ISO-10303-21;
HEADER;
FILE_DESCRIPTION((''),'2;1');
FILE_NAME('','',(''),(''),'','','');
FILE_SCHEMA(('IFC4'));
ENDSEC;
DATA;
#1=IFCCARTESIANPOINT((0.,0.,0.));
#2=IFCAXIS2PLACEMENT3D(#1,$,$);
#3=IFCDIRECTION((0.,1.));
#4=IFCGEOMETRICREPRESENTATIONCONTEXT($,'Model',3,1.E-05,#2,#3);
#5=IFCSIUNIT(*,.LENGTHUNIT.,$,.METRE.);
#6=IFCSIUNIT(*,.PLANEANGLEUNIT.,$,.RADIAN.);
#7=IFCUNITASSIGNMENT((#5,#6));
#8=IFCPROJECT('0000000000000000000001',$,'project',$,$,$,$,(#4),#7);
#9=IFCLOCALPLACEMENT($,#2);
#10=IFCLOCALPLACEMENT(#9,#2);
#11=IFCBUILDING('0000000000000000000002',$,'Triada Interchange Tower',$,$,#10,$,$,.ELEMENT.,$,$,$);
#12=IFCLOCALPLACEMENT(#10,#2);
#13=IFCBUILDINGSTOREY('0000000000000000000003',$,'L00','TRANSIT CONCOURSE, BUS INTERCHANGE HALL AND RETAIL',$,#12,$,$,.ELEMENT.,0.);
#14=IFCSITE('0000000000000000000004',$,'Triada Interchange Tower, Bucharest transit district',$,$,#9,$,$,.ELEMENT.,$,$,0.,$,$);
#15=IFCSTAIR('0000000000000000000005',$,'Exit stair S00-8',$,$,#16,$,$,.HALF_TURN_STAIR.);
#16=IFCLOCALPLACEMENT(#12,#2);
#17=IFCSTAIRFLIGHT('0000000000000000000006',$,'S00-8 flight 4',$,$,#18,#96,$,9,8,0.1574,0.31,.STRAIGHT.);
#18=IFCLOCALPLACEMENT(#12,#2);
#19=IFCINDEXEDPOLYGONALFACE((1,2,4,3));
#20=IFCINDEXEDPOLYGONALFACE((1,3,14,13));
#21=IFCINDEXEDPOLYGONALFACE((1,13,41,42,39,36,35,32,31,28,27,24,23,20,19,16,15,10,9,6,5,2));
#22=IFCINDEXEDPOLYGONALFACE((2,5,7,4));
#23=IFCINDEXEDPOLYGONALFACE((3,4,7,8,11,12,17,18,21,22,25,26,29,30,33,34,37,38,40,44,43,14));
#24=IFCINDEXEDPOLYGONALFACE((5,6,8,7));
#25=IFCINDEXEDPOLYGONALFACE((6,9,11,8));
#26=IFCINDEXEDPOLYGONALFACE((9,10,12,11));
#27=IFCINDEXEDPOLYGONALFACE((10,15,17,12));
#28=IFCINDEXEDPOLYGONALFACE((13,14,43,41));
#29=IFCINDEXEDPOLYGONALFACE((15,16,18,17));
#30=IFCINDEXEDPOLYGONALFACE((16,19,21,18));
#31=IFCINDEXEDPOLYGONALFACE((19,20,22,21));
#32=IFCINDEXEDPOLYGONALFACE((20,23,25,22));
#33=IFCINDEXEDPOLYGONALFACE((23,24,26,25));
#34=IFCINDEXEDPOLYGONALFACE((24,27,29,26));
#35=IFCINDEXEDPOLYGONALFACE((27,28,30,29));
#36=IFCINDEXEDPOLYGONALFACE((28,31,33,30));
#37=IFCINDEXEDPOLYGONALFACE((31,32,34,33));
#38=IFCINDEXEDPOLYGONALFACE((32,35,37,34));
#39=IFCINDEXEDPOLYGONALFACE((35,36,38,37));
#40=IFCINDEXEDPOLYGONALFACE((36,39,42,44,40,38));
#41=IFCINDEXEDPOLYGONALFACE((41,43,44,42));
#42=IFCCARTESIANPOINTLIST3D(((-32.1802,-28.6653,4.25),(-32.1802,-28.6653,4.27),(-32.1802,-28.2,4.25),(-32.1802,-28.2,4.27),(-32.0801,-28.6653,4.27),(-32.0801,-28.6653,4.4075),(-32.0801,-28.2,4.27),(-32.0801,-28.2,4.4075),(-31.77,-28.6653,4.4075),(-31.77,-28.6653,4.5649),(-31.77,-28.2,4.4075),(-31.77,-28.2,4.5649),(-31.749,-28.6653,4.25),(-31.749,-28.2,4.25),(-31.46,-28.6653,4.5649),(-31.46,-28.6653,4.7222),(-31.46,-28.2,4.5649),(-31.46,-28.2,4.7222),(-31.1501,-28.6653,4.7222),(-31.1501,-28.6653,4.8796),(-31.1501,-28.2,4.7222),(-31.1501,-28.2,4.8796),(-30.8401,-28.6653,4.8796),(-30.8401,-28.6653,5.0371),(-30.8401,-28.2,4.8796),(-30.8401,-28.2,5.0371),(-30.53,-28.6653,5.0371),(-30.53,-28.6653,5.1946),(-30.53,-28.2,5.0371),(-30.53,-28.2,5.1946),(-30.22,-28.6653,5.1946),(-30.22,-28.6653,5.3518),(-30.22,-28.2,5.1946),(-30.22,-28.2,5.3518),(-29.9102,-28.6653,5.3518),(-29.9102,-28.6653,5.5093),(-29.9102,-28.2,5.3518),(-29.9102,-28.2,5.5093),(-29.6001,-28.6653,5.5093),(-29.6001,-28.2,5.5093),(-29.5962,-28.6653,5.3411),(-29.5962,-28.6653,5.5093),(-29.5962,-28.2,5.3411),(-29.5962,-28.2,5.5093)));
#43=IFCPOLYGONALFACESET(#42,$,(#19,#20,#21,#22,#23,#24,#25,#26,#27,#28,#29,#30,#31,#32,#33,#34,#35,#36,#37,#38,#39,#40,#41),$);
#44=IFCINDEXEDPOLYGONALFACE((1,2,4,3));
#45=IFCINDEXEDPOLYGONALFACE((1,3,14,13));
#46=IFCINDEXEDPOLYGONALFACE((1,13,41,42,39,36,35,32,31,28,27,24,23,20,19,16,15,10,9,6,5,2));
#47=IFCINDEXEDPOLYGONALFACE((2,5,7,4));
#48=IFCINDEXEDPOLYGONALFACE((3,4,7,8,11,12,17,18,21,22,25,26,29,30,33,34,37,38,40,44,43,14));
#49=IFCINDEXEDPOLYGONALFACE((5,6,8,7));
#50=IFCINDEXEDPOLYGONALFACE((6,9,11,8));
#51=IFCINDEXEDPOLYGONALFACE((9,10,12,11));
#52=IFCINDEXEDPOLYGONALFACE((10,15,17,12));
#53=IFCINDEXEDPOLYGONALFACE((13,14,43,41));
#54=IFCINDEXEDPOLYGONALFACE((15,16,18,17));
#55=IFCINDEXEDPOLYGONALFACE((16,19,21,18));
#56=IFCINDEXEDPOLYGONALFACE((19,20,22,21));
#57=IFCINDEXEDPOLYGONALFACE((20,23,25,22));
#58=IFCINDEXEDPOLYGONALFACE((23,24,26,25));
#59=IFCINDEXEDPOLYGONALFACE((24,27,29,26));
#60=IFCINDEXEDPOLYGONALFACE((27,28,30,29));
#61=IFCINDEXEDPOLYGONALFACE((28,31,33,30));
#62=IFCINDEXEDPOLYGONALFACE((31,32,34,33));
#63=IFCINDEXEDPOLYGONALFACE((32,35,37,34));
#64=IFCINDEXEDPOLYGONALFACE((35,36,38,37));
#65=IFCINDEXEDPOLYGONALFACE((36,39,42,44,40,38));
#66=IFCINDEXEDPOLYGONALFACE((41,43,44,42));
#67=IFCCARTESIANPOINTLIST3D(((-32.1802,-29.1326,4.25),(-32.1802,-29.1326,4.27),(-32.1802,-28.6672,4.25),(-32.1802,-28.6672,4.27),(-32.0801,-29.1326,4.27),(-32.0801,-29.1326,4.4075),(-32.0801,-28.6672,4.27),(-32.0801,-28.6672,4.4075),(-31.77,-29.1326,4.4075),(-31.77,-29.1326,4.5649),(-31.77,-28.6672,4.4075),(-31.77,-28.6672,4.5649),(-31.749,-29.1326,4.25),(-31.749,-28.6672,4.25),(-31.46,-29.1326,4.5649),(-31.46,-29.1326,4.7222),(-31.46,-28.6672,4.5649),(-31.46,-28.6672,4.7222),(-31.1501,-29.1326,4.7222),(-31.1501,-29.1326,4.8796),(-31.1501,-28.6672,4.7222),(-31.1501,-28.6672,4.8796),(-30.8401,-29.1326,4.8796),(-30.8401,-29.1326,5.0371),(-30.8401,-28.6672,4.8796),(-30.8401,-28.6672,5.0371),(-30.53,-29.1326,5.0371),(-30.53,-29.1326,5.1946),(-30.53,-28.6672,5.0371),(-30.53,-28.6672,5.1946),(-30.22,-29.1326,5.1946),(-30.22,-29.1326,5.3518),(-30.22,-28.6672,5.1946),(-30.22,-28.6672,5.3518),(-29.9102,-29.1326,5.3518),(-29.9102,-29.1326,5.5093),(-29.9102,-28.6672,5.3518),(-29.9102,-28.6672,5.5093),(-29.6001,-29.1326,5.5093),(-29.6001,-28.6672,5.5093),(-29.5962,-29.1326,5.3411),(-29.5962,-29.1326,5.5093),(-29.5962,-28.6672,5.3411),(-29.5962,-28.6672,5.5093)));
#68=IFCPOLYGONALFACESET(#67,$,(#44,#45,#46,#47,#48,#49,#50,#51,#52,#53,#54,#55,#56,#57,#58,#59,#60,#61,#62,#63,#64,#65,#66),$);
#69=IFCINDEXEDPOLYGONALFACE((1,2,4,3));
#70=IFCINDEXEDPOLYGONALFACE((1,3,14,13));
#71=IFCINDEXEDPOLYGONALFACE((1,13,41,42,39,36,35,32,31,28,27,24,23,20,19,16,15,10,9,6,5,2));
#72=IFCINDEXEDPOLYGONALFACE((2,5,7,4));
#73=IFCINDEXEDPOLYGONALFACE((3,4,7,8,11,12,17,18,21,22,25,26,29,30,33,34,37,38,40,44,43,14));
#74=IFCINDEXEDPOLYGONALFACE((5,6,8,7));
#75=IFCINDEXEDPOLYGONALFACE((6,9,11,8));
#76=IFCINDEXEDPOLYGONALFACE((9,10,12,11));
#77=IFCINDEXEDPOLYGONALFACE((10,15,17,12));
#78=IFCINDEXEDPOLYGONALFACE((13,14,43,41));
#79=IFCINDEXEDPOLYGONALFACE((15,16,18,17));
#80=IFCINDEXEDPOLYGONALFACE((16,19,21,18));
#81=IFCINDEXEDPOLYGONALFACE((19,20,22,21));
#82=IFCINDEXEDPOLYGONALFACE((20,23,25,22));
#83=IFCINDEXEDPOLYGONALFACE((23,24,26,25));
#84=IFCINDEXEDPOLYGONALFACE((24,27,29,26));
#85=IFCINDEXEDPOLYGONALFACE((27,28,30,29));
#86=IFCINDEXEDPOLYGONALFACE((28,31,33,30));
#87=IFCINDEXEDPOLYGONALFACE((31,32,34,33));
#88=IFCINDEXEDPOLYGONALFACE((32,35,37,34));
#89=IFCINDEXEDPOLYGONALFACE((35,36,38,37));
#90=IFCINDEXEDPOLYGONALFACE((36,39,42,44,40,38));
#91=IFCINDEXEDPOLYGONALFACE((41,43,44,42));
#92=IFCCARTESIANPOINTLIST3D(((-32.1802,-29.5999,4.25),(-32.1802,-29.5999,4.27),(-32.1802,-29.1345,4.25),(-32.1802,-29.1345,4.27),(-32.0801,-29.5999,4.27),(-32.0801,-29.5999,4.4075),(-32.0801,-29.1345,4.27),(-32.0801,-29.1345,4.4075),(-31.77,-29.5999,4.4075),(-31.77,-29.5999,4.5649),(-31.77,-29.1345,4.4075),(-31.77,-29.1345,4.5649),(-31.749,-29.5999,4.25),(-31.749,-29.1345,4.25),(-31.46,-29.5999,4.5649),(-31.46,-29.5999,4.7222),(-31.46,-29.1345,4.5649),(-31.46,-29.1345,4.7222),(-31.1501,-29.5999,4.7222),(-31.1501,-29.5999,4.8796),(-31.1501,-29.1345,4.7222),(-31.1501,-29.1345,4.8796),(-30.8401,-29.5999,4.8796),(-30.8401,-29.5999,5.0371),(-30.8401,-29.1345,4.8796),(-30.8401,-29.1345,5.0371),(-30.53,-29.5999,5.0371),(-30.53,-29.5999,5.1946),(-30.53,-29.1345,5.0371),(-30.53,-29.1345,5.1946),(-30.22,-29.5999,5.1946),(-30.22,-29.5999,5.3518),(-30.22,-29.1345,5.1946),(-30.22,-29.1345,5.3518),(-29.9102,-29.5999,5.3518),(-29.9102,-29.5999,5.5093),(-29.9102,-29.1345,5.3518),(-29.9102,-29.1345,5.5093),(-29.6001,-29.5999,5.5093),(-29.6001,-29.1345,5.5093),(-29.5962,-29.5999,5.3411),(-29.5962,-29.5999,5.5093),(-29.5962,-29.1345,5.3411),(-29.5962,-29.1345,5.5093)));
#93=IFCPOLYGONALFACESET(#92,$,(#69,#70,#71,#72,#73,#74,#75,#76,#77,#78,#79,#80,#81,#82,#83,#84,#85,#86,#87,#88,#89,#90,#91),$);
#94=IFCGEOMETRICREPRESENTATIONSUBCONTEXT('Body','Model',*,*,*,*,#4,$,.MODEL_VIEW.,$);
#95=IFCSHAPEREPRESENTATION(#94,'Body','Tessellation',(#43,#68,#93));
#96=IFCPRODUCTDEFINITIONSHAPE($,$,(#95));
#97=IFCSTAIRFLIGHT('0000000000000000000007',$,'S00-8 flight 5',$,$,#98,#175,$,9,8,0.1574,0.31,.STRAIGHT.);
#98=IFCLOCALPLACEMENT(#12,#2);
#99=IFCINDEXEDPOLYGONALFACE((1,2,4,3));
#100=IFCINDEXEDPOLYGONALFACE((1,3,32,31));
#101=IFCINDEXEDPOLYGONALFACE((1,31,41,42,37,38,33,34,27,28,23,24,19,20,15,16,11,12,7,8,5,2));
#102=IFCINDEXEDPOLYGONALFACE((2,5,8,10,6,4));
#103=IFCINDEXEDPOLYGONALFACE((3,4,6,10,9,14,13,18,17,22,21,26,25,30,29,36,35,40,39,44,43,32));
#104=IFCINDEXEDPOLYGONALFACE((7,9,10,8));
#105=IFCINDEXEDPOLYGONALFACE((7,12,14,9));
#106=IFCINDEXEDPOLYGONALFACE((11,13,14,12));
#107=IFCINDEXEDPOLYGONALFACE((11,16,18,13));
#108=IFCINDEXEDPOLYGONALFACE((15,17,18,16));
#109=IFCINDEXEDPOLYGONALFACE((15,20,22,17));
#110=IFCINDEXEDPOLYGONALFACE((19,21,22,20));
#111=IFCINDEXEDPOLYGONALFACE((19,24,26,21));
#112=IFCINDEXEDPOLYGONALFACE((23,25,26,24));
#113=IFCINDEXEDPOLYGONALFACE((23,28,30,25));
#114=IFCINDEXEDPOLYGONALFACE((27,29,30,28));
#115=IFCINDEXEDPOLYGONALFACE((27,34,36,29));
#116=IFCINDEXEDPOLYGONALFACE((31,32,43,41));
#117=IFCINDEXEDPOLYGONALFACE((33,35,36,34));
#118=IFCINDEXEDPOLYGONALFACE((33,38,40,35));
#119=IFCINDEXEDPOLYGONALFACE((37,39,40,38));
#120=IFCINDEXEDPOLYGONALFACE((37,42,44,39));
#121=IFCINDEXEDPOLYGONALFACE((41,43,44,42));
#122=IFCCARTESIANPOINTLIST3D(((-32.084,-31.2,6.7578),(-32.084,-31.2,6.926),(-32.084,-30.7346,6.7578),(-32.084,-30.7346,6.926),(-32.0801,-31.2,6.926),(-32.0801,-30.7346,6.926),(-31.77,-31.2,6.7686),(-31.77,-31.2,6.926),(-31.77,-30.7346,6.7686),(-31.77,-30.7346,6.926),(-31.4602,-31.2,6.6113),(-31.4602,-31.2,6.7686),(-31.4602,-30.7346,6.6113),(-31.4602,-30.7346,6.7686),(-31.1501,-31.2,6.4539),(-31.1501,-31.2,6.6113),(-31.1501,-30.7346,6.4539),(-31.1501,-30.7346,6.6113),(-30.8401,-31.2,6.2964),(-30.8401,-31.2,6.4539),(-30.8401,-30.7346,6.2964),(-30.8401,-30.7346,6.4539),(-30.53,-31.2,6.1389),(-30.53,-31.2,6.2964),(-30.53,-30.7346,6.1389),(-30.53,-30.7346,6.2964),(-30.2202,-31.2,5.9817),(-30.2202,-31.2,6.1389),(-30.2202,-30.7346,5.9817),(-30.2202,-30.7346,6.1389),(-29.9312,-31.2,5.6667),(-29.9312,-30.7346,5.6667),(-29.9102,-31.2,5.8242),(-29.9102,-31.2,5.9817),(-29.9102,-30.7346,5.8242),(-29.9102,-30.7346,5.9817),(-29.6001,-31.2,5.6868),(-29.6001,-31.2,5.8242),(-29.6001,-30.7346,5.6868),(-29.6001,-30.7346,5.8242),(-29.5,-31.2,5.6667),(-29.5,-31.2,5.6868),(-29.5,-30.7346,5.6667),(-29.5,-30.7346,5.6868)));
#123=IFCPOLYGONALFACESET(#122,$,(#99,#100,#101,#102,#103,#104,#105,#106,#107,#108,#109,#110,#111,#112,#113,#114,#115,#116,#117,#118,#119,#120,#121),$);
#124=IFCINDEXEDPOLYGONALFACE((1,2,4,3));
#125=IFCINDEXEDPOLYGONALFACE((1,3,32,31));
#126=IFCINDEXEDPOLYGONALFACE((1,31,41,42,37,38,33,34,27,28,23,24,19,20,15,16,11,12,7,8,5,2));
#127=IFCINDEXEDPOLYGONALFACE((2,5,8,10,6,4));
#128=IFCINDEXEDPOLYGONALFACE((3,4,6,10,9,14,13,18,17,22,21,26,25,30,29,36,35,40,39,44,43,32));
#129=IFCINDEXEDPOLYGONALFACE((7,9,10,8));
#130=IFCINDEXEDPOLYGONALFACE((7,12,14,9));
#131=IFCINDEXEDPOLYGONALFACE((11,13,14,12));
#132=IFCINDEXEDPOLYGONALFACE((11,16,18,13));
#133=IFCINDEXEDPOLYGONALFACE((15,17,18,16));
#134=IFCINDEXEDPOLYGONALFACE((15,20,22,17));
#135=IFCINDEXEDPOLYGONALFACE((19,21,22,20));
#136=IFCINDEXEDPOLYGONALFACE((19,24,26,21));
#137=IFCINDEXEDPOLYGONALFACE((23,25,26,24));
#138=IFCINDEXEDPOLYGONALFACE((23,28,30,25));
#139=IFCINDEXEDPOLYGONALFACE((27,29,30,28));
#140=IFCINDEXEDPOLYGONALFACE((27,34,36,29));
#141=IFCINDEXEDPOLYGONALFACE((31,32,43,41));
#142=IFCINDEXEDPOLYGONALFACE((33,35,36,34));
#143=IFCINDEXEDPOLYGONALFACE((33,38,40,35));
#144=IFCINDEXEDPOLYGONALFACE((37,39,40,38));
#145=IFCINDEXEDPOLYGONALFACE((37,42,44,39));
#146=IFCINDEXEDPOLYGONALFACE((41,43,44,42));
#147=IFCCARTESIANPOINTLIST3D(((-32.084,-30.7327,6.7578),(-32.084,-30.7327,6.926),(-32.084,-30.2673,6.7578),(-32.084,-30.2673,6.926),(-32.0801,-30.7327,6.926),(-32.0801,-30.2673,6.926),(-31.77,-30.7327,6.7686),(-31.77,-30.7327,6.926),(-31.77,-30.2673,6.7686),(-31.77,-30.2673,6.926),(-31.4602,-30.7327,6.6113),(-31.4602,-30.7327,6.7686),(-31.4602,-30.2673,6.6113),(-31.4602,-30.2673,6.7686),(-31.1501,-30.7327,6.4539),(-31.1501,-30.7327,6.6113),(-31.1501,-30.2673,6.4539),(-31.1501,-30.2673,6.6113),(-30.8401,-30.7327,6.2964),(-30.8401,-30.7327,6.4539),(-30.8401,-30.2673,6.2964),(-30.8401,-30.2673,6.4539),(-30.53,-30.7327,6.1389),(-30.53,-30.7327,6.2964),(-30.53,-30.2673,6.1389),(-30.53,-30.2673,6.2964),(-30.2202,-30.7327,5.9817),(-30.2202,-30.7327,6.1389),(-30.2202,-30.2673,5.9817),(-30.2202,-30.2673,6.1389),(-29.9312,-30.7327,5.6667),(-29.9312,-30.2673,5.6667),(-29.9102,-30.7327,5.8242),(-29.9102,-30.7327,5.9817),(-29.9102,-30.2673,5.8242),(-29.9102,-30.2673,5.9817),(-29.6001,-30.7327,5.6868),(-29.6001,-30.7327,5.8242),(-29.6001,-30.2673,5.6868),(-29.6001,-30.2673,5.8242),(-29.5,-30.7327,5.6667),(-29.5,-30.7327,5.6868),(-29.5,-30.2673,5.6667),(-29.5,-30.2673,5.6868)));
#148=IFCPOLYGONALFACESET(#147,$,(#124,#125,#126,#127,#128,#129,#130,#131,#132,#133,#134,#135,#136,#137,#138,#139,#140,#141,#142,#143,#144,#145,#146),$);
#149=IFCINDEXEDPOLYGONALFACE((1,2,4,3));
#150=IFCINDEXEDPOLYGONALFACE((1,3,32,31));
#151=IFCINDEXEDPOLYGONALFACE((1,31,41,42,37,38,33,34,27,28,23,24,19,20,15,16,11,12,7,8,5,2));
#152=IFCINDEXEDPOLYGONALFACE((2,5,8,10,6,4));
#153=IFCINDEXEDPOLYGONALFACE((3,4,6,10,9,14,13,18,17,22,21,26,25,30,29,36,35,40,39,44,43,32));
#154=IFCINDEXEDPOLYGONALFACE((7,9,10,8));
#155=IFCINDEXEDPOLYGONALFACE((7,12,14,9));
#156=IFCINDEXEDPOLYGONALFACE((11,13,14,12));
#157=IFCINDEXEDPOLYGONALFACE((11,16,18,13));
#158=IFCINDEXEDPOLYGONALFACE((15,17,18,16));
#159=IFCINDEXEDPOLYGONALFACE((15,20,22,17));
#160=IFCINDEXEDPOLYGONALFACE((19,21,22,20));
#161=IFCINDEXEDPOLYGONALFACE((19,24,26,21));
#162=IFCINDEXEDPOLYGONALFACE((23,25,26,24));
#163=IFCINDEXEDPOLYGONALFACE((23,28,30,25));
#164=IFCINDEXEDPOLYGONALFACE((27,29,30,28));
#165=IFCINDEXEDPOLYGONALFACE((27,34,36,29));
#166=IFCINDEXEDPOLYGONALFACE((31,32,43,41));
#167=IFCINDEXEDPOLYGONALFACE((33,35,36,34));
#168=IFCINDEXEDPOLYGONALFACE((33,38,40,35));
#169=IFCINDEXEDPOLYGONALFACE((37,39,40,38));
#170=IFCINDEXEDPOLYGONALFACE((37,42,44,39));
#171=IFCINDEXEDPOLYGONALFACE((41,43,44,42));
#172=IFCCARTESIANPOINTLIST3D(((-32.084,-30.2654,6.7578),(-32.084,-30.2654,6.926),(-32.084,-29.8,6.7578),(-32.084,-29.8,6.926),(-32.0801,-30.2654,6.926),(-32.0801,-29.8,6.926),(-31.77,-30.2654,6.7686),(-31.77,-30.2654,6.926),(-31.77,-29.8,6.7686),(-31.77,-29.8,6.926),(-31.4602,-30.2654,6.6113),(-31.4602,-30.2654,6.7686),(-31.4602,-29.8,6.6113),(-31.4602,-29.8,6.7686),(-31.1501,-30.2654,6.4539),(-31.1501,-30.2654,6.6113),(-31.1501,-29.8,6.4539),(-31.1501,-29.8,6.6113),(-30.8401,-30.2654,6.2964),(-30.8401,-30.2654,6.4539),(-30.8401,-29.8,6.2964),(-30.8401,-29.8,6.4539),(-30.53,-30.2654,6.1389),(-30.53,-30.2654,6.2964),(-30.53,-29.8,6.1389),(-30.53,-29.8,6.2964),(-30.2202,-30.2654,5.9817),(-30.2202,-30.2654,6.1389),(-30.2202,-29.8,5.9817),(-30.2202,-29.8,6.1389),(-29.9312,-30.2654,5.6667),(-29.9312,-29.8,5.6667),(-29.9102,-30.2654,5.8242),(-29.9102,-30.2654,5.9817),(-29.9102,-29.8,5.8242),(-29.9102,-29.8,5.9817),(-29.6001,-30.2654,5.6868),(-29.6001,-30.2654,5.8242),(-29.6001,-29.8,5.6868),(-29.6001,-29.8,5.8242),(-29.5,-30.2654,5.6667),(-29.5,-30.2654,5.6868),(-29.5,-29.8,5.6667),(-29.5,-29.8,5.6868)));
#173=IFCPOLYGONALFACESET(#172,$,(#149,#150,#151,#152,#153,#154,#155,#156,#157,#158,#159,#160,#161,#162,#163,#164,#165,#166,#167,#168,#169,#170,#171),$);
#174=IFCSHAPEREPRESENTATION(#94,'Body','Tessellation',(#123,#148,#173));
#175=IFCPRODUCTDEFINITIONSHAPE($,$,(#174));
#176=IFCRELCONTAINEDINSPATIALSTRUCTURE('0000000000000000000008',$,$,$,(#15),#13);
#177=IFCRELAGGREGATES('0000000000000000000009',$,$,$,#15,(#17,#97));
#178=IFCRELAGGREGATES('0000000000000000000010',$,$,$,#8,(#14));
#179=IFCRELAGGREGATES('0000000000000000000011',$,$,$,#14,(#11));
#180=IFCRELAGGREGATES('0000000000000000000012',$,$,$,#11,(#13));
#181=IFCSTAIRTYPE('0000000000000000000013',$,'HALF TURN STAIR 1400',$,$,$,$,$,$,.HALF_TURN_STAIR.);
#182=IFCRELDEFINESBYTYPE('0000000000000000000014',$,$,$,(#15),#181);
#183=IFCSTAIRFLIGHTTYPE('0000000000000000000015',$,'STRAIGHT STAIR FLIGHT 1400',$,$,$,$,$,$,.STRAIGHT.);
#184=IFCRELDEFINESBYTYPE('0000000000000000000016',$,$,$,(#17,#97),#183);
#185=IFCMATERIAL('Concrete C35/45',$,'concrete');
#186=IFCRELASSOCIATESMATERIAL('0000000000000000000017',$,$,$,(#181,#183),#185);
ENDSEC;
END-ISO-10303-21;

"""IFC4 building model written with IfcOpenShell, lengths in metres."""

from ifc_helpers import new_model, si_unit, direction, frame, origin, place, context, subcontext, project, spatial, polyline, outline, extrude, material, type_object, element, aggregate, save


model = new_model("IFC4")

# Units and contexts
model_context = context("Model", 3, precision=1e-05, world=origin(), true_north=direction((0.0, 1.0)))
body_context = subcontext(model_context, "Body", "Model", "MODEL_VIEW")
ifc_project = project(units=[si_unit("LENGTHUNIT", "METRE"), si_unit("PLANEANGLEUNIT", "RADIAN")], contexts=[model_context])

# Site, building, storey
site_placement = place(None, origin())
site = spatial("IfcSite", under=ifc_project, at=site_placement, Name="Triada Interchange Tower, Bucharest transit district", CompositionType="ELEMENT", RefElevation=0.0)
building_placement = place(site_placement, origin())
building = spatial("IfcBuilding", under=site, at=building_placement, Name="Triada Interchange Tower", CompositionType="ELEMENT")
storey_placement = place(building_placement, origin())
storey = spatial("IfcBuildingStorey", under=building, at=storey_placement, Name="L00", Description="TRANSIT CONCOURSE, BUS INTERCHANGE HALL AND RETAIL", CompositionType="ELEMENT", Elevation=0.0)

# Stair, stair flights
ifc_material_1 = material(Name="Concrete C35/45", Category="concrete")
stair_type = type_object("IfcStairType", Name="HALF TURN STAIR 1400", PredefinedType="HALF_TURN_STAIR", material=ifc_material_1)
stair_placement = place(storey_placement, origin())
stair = element("IfcStair", 1, at=stair_placement, inside=storey, type_object=stair_type, Name="Exit stair S00-8", PredefinedType="HALF_TURN_STAIR")
stair_flight_type = type_object("IfcStairFlightType", Name="STRAIGHT STAIR FLIGHT 1400", PredefinedType="STRAIGHT", material=ifc_material_1)
stair_flight_1_placement = place(storey_placement, frame((-32.0801, -28.8999, 4.25), z_axis=(0.0, 0.0, 1.0), x_axis=(1.0, 0.0, 0.0)))
stair_flight_1 = element("IfcStairFlight", 2, at=stair_flight_1_placement, type_object=stair_flight_type, Name="S00-8 flight 4", NumberOfRisers=9, NumberOfTreads=8, PredefinedType="STRAIGHT", RiserHeight=0.1574, TreadLength=0.31, context=body_context, shape_type="SweptSolid", body=[
    extrude(outline(polyline([(-0.1001, 0.0), (-0.1001, 0.02), (0.0, 0.02), (0.0, 0.1575), (0.3101, 0.1575), (0.3101, 0.3149), (0.6201, 0.3149), (0.6201, 0.4722), (0.9299, 0.4722), (0.9299, 0.6296), (1.24, 0.6296), (1.24, 0.7871), (1.55, 0.7871), (1.55, 0.9446), (1.8601, 0.9446), (1.8601, 1.1018), (2.1699, 1.1018), (2.1699, 1.2593), (2.48, 1.2593), (2.4839, 1.2593), (2.4839, 1.4167), (2.4839, 1.0911), (0.3311, 0.0), (-0.1001, 0.0)])), frame((0.0, 0.7, 0.0), z_axis=(0.0, -1.0, 0.0), x_axis=(1.0, 0.0, 0.0)), (0.0, 0.0, 1.0), 0.4653),
    extrude(outline(polyline([(-0.1001, 0.0), (-0.1001, 0.02), (0.0, 0.02), (0.0, 0.1575), (0.3101, 0.1575), (0.3101, 0.3149), (0.6201, 0.3149), (0.6201, 0.4722), (0.9299, 0.4722), (0.9299, 0.6296), (1.24, 0.6296), (1.24, 0.7871), (1.55, 0.7871), (1.55, 0.9446), (1.8601, 0.9446), (1.8601, 1.1018), (2.1699, 1.1018), (2.1699, 1.2593), (2.48, 1.2593), (2.4839, 1.2593), (2.4839, 1.4167), (2.4839, 1.0911), (0.3311, 0.0), (-0.1001, 0.0)])), frame((0.0, 0.2327, 0.0), z_axis=(0.0, -1.0, 0.0), x_axis=(1.0, 0.0, 0.0)), (0.0, 0.0, 1.0), 0.4653),
    extrude(outline(polyline([(-0.1001, 0.0), (-0.1001, 0.02), (0.0, 0.02), (0.0, 0.1575), (0.3101, 0.1575), (0.3101, 0.3149), (0.6201, 0.3149), (0.6201, 0.4722), (0.9299, 0.4722), (0.9299, 0.6296), (1.24, 0.6296), (1.24, 0.7871), (1.55, 0.7871), (1.55, 0.9446), (1.8601, 0.9446), (1.8601, 1.1018), (2.1699, 1.1018), (2.1699, 1.2593), (2.48, 1.2593), (2.4839, 1.2593), (2.4839, 1.4167), (2.4839, 1.0911), (0.3311, 0.0), (-0.1001, 0.0)])), frame((0.0, -0.2346, 0.0), z_axis=(0.0, -1.0, 0.0), x_axis=(1.0, 0.0, 0.0)), (0.0, 0.0, 1.0), 0.4653),
])
stair_flight_2_placement = place(storey_placement, frame((-29.6001, -30.5, 5.6667), z_axis=(0.0, 0.0, 1.0), x_axis=(-1.0, 0.0, 0.0)))
stair_flight_2 = element("IfcStairFlight", 3, at=stair_flight_2_placement, type_object=stair_flight_type, Name="S00-8 flight 5", NumberOfRisers=9, NumberOfTreads=8, PredefinedType="STRAIGHT", RiserHeight=0.1574, TreadLength=0.31, context=body_context, shape_type="SweptSolid", body=[
    extrude(outline(polyline([(-0.1001, 0.0), (-0.1001, 0.02), (0.0, 0.02), (0.0, 0.1575), (0.3101, 0.1575), (0.3101, 0.3149), (0.6201, 0.3149), (0.6201, 0.4722), (0.9299, 0.4722), (0.9299, 0.6296), (1.24, 0.6296), (1.24, 0.7871), (1.55, 0.7871), (1.55, 0.9446), (1.8601, 0.9446), (1.8601, 1.1018), (2.1699, 1.1018), (2.1699, 1.2593), (2.48, 1.2593), (2.4839, 1.2593), (2.4839, 1.4167), (2.4839, 1.0911), (0.3311, 0.0), (-0.1001, 0.0)])), frame((0.0, 0.7, 0.0), z_axis=(0.0, -1.0, 0.0), x_axis=(1.0, 0.0, 0.0)), (0.0, 0.0, 1.0), 0.4653),
    extrude(outline(polyline([(-0.1001, 0.0), (-0.1001, 0.02), (0.0, 0.02), (0.0, 0.1575), (0.3101, 0.1575), (0.3101, 0.3149), (0.6201, 0.3149), (0.6201, 0.4722), (0.9299, 0.4722), (0.9299, 0.6296), (1.24, 0.6296), (1.24, 0.7871), (1.55, 0.7871), (1.55, 0.9446), (1.8601, 0.9446), (1.8601, 1.1018), (2.1699, 1.1018), (2.1699, 1.2593), (2.48, 1.2593), (2.4839, 1.2593), (2.4839, 1.4167), (2.4839, 1.0911), (0.3311, 0.0), (-0.1001, 0.0)])), frame((0.0, 0.2327, 0.0), z_axis=(0.0, -1.0, 0.0), x_axis=(1.0, 0.0, 0.0)), (0.0, 0.0, 1.0), 0.4653),
    extrude(outline(polyline([(-0.1001, 0.0), (-0.1001, 0.02), (0.0, 0.02), (0.0, 0.1575), (0.3101, 0.1575), (0.3101, 0.3149), (0.6201, 0.3149), (0.6201, 0.4722), (0.9299, 0.4722), (0.9299, 0.6296), (1.24, 0.6296), (1.24, 0.7871), (1.55, 0.7871), (1.55, 0.9446), (1.8601, 0.9446), (1.8601, 1.1018), (2.1699, 1.1018), (2.1699, 1.2593), (2.48, 1.2593), (2.4839, 1.2593), (2.4839, 1.4167), (2.4839, 1.0911), (0.3311, 0.0), (-0.1001, 0.0)])), frame((0.0, -0.2346, 0.0), z_axis=(0.0, -1.0, 0.0), x_axis=(1.0, 0.0, 0.0)), (0.0, 0.0, 1.0), 0.4653),
])
aggregate(stair, [stair_flight_1, stair_flight_2])

save(model, "model.ifc")
